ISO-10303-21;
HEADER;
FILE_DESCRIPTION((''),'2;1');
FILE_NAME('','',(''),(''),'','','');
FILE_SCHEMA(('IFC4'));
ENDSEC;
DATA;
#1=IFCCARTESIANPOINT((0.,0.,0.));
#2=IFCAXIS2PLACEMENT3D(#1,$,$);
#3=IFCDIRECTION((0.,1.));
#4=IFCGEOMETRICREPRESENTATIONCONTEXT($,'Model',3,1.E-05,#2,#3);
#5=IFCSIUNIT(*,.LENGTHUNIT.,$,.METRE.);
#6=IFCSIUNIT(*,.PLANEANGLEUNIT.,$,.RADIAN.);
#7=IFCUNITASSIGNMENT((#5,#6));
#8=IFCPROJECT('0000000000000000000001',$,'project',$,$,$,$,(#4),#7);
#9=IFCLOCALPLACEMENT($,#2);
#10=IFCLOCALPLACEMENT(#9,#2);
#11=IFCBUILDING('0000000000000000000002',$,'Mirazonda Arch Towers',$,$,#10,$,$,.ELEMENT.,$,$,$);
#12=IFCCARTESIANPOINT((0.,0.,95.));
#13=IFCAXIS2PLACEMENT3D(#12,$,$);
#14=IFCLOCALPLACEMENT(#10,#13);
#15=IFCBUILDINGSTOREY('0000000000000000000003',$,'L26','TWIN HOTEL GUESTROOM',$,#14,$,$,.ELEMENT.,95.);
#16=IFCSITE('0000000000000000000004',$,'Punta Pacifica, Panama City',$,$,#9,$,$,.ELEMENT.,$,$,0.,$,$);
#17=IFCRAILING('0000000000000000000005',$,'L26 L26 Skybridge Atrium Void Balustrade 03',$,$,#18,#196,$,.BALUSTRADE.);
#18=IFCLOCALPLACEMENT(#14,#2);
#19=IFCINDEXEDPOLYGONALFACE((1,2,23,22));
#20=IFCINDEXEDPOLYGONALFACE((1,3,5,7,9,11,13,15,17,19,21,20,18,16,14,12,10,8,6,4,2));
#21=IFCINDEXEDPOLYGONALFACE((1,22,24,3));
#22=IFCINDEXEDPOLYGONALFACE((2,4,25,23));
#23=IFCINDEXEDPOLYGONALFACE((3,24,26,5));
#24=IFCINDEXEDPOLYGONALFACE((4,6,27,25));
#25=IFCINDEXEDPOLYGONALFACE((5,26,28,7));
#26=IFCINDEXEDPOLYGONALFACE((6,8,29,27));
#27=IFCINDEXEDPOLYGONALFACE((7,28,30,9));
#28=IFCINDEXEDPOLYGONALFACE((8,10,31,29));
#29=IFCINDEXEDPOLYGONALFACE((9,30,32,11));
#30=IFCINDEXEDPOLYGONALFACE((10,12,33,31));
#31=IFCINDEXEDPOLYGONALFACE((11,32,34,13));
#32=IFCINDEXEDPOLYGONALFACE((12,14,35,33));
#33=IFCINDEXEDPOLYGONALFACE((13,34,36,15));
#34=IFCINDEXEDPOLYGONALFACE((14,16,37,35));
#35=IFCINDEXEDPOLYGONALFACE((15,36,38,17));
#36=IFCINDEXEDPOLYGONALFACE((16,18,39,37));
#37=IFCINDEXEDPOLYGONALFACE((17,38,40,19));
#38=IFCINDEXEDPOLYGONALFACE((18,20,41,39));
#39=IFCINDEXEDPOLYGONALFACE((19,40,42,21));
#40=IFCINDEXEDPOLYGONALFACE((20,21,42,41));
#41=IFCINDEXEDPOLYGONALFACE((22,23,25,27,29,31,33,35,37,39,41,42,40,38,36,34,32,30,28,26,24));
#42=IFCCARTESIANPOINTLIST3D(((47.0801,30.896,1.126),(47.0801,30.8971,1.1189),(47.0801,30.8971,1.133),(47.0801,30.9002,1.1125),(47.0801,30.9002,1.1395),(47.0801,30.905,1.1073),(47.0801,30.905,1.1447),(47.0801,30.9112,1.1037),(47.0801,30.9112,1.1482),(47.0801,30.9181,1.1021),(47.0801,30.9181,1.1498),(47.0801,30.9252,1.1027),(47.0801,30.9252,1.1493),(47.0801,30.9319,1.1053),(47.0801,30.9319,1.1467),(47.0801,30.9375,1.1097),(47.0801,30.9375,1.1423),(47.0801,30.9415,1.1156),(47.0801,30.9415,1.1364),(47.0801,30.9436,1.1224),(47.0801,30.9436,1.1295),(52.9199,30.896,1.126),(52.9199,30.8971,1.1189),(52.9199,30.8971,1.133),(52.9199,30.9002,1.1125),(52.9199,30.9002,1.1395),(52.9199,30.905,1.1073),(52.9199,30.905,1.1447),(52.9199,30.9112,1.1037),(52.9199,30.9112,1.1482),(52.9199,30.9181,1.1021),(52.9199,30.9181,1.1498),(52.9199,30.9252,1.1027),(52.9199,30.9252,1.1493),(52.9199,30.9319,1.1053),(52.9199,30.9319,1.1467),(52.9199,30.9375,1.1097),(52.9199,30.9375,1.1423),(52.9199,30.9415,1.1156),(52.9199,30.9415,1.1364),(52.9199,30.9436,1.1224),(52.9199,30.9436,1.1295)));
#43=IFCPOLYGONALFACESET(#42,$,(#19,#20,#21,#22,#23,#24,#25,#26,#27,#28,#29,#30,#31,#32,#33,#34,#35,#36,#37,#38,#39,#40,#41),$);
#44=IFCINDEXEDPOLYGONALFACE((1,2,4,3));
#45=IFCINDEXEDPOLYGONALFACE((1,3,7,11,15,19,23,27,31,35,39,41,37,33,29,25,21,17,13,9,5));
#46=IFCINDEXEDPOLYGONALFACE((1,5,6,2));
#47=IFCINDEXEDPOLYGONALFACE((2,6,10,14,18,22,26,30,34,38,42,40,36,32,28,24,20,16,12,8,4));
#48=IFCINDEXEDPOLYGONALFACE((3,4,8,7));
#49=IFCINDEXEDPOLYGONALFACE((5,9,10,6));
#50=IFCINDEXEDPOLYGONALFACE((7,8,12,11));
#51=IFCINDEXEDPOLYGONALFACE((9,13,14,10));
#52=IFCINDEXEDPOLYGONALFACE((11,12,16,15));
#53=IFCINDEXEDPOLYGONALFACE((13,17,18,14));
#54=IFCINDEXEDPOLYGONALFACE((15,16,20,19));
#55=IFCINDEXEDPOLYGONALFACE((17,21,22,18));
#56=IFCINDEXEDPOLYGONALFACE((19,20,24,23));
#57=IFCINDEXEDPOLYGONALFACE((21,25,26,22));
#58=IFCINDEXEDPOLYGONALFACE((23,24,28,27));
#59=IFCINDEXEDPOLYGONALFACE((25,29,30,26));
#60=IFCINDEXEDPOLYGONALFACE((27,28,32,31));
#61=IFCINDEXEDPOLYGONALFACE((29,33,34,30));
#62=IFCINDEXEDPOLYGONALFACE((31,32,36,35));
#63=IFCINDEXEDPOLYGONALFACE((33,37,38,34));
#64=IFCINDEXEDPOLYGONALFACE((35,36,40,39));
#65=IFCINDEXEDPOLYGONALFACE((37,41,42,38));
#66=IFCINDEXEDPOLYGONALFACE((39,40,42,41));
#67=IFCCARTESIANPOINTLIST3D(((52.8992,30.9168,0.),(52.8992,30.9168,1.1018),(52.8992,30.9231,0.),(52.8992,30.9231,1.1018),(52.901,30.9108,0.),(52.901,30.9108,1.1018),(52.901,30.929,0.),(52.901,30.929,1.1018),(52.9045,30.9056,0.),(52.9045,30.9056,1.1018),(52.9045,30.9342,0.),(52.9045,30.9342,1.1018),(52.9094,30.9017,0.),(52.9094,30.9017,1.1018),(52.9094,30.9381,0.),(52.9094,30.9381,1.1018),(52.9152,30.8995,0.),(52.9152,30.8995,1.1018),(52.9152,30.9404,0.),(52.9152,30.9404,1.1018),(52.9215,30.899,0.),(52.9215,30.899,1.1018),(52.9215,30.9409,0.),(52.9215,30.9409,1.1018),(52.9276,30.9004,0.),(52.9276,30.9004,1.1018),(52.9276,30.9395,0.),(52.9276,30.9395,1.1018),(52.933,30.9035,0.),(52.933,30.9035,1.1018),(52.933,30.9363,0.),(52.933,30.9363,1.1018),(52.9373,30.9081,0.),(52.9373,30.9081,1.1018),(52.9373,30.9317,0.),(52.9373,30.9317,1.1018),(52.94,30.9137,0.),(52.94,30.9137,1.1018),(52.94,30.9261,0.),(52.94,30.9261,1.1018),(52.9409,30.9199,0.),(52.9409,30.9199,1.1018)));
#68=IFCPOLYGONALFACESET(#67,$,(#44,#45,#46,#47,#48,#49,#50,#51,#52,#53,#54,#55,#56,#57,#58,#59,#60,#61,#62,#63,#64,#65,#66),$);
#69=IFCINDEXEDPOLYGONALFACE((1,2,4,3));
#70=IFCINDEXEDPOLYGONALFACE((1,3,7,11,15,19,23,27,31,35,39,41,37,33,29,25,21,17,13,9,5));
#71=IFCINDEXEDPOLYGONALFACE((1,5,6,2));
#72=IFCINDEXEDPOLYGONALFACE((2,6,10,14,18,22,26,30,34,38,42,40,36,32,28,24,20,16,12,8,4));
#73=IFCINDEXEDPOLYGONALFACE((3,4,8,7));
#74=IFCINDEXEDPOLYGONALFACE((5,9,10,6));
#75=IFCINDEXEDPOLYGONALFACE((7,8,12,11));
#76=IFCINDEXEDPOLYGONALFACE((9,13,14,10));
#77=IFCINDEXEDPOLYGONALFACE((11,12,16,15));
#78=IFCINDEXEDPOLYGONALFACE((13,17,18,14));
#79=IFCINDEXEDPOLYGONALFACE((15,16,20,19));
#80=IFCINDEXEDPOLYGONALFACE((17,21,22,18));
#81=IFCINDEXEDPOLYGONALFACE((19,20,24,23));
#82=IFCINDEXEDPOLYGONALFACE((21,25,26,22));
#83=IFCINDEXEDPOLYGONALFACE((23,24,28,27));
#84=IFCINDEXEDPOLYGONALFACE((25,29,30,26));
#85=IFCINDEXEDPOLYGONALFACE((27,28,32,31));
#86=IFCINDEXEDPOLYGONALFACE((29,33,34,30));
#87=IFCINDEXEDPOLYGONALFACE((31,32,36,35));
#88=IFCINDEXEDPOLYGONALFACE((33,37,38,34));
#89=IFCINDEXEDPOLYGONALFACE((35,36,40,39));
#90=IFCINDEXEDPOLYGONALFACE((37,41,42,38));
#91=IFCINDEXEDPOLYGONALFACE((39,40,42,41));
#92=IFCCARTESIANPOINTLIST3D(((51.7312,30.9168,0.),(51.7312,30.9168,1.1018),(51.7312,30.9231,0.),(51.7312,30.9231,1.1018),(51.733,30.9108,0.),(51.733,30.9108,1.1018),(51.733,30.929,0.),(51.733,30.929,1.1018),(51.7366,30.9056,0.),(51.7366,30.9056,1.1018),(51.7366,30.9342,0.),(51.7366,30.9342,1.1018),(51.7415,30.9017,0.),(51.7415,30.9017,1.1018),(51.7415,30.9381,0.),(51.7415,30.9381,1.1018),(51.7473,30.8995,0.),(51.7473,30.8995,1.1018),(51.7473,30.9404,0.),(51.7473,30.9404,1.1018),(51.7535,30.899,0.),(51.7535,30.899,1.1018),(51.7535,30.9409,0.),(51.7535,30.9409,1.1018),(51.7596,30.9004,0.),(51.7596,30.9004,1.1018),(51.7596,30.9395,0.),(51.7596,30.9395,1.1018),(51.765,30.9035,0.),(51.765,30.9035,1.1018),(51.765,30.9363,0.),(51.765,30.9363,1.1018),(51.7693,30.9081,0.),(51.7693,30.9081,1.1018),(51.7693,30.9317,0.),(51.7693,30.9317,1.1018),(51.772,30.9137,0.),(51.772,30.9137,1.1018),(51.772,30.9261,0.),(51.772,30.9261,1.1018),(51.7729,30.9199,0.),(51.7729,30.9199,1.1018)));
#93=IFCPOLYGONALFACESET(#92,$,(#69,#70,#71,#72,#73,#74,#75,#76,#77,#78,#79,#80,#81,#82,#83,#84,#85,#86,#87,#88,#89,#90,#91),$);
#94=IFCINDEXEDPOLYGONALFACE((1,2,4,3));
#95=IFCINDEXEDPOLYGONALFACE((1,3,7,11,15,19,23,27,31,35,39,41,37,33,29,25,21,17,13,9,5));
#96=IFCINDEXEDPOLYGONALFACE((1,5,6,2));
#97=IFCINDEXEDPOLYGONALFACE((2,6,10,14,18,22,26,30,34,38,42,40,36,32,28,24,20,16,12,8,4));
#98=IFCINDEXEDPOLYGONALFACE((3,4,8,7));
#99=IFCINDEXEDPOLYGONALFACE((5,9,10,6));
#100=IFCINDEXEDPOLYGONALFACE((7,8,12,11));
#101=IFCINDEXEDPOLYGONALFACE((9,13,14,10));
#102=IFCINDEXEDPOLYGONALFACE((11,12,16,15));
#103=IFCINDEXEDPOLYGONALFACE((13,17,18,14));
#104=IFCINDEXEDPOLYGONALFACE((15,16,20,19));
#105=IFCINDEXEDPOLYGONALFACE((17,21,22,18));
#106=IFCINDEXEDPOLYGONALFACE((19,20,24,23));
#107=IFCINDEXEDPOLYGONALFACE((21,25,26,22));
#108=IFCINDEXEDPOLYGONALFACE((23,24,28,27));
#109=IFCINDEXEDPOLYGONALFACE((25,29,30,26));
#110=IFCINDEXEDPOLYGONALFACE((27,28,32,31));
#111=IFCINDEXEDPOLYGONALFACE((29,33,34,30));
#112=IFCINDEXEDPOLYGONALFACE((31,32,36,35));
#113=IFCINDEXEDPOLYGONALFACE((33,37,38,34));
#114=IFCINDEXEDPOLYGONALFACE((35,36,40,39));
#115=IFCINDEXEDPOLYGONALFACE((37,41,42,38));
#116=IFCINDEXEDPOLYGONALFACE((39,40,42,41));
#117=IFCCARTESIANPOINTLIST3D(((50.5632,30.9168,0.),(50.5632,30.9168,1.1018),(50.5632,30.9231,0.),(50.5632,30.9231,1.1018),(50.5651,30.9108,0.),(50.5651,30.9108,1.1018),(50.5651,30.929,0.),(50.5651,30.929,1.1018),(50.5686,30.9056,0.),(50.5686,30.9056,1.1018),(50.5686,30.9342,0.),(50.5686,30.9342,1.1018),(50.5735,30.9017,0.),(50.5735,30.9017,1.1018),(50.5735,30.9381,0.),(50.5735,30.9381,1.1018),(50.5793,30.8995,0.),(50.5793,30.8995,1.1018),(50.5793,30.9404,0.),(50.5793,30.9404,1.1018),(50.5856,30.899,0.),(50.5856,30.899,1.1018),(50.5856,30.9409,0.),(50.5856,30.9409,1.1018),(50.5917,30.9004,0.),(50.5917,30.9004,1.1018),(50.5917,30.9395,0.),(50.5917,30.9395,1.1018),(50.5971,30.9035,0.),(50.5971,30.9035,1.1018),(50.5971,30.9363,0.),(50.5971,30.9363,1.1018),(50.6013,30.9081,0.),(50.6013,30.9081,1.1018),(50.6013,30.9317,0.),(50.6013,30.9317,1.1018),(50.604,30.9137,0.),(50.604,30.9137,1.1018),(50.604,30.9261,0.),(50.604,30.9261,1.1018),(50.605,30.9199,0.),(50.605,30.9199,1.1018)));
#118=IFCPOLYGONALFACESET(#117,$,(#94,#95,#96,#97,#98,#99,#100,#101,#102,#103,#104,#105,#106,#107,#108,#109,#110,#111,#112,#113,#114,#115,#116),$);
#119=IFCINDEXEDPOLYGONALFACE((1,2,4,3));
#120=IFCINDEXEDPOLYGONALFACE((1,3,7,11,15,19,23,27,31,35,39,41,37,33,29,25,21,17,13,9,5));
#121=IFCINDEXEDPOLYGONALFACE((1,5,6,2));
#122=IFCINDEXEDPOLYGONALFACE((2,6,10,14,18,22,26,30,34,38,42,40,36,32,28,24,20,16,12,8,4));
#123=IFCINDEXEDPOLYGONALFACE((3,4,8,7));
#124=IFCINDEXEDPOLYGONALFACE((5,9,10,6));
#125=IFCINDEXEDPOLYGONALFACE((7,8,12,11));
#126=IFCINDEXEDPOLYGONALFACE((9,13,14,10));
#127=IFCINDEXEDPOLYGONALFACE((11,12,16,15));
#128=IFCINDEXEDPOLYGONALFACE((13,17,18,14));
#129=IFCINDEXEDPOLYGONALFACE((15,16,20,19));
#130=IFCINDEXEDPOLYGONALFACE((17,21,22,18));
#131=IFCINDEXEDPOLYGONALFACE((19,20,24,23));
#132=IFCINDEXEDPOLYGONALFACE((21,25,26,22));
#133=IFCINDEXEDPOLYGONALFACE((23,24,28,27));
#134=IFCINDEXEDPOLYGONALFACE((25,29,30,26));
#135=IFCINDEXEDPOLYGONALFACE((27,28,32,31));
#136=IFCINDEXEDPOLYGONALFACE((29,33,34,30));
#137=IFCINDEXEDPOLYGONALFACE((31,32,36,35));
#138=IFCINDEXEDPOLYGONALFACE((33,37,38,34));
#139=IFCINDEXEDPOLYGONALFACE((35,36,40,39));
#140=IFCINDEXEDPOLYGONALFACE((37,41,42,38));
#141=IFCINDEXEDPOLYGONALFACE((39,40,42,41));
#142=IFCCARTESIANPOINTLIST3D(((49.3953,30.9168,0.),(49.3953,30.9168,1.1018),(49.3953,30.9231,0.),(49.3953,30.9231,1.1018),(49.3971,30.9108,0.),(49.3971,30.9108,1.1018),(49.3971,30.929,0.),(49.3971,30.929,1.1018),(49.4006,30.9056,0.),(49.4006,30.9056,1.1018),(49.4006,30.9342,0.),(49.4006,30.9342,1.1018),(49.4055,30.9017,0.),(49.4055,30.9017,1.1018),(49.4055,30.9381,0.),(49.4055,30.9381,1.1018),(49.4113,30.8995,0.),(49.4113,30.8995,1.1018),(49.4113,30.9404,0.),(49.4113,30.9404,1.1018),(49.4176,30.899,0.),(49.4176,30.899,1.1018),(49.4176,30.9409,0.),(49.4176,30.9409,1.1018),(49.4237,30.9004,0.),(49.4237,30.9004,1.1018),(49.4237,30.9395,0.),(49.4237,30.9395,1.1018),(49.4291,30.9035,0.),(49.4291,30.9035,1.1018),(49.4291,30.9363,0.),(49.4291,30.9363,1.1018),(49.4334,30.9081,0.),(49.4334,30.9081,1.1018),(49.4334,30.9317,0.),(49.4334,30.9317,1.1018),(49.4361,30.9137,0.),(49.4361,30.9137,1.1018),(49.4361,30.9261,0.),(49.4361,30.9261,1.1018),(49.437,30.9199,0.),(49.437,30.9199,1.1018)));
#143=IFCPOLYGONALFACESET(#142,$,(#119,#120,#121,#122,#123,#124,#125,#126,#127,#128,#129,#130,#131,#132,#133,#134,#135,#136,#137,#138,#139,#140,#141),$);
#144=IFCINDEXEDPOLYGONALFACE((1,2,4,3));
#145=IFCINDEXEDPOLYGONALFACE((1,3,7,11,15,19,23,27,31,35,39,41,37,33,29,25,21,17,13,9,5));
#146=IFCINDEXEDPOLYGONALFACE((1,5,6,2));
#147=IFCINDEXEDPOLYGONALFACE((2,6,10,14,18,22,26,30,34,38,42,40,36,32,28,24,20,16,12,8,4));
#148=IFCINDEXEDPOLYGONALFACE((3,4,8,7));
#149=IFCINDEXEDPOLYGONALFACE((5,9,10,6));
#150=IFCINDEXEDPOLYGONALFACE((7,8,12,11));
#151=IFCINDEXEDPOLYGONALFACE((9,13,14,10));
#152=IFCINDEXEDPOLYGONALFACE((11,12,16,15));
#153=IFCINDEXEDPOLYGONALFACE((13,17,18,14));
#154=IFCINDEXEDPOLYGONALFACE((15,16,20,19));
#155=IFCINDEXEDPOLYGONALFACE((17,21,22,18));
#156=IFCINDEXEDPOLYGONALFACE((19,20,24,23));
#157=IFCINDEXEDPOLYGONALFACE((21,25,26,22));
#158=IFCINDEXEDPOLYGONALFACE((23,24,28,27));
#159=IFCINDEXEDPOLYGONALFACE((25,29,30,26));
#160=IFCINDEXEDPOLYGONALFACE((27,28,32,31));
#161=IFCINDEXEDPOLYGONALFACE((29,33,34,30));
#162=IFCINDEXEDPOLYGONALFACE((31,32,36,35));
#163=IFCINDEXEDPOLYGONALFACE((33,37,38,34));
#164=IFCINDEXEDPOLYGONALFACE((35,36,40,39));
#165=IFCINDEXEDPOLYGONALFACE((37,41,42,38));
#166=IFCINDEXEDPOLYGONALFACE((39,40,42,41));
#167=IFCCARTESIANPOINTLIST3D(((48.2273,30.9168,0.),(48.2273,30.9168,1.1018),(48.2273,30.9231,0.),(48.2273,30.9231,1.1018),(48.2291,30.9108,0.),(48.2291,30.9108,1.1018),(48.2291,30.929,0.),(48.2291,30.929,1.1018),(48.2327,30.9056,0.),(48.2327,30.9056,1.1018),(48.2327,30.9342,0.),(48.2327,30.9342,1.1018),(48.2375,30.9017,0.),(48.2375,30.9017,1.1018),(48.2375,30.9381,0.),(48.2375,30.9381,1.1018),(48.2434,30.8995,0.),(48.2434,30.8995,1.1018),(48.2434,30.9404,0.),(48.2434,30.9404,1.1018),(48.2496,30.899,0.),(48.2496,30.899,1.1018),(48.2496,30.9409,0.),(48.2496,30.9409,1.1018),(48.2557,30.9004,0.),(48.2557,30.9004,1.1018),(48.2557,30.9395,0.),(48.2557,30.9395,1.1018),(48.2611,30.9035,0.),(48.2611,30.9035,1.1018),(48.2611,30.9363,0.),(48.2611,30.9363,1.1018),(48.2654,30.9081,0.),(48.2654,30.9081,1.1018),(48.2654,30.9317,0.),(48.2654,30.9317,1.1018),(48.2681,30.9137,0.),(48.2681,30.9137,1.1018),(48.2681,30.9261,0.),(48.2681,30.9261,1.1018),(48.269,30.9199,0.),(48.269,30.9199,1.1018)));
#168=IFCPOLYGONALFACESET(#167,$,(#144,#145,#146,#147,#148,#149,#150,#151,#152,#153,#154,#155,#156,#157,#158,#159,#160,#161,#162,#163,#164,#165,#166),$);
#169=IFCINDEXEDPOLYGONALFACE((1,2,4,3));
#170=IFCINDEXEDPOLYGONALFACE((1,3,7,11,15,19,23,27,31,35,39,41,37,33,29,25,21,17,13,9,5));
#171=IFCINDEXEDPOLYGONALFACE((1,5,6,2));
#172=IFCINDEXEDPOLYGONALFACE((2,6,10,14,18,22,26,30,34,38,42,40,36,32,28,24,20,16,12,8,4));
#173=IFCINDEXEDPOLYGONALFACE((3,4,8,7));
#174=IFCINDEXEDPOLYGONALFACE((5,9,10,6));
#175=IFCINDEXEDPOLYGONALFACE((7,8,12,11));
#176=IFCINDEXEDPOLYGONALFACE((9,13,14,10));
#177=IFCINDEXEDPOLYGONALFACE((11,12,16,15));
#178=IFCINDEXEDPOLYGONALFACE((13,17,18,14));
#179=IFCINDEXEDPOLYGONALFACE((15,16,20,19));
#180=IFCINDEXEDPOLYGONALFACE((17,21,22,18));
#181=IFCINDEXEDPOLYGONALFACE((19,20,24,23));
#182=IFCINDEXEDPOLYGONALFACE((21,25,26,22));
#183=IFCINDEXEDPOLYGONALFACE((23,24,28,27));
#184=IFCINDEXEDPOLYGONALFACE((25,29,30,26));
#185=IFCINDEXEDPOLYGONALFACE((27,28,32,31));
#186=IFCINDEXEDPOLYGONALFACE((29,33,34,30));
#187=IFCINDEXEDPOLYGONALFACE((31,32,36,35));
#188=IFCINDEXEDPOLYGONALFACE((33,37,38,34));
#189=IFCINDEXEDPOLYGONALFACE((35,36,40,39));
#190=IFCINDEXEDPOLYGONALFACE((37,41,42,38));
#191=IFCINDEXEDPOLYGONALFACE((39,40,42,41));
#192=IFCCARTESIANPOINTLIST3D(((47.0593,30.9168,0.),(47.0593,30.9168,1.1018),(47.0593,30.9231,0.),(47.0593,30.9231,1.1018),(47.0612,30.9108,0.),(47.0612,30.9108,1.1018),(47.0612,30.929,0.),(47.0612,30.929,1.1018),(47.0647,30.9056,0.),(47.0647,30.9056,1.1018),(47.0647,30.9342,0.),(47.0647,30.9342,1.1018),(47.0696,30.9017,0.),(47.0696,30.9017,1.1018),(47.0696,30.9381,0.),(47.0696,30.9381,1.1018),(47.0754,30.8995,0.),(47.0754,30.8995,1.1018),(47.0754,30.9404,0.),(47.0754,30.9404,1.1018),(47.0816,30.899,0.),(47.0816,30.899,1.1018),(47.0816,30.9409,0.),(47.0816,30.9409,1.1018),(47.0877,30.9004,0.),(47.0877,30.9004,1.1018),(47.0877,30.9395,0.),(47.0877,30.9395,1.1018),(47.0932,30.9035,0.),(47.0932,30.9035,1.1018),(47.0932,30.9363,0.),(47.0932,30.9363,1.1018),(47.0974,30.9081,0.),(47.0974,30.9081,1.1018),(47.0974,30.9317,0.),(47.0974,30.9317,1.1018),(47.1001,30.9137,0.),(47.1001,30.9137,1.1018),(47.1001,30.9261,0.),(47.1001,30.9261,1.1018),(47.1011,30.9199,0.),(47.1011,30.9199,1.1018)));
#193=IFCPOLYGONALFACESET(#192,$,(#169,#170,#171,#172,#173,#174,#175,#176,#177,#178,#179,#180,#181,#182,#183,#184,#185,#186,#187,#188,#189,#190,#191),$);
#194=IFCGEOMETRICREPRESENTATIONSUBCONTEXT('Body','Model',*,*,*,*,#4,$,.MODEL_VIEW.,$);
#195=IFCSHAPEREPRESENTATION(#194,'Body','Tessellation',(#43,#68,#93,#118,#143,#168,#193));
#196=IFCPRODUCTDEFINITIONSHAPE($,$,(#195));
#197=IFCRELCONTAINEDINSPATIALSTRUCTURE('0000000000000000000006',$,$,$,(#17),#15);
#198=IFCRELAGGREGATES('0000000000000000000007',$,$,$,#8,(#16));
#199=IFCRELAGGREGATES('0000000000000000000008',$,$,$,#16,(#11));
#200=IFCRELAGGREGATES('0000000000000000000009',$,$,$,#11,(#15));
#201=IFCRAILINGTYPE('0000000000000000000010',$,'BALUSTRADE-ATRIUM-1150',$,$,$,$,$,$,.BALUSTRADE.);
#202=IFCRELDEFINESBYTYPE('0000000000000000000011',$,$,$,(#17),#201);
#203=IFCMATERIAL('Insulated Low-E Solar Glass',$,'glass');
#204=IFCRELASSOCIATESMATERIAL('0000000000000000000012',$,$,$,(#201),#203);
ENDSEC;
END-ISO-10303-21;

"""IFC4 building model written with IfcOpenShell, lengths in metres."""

from ifc_helpers import new_model, si_unit, direction, frame, origin, origin_2d, place, context, subcontext, project, spatial, circle, extrude, material, type_object, element, save


model = new_model("IFC4")

# Units and contexts
model_context = context("Model", 3, precision=1e-05, world=origin(), true_north=direction((0.0, 1.0)))
body_context = subcontext(model_context, "Body", "Model", "MODEL_VIEW")
ifc_project = project(units=[si_unit("LENGTHUNIT", "METRE"), si_unit("PLANEANGLEUNIT", "RADIAN")], contexts=[model_context])

# Site, building, storey
site_placement = place(None, origin())
site = spatial("IfcSite", under=ifc_project, at=site_placement, Name="Punta Pacifica, Panama City", CompositionType="ELEMENT", RefElevation=0.0)
building_placement = place(site_placement, origin())
building = spatial("IfcBuilding", under=site, at=building_placement, Name="Mirazonda Arch Towers", CompositionType="ELEMENT")
storey_placement = place(building_placement, frame((0.0, 0.0, 95.0)))
storey = spatial("IfcBuildingStorey", under=building, at=storey_placement, Name="L26", Description="TWIN HOTEL GUESTROOM", CompositionType="ELEMENT", Elevation=95.0)

# Shared definitions
ifc_material_1 = material(Name="Insulated Low-E Solar Glass", Category="glass")

# Railing
railing_type = type_object("IfcRailingType", Name="BALUSTRADE-ATRIUM-1150", PredefinedType="BALUSTRADE", material=ifc_material_1)
railing_1_placement = place(storey_placement, frame((52.9199, 30.9199, 0.0)))
element("IfcRailing", 1, at=railing_1_placement, inside=storey, type_object=railing_type, Name="L26 L26 Skybridge Atrium Void Balustrade 03", PredefinedType="BALUSTRADE", context=body_context, shape_type="SweptSolid", body=[
    extrude(circle(Radius=0.0239, at=origin_2d()), frame((0.0, 0.0, 1.126), z_axis=(-1.0, 0.0, 0.0), x_axis=(0.0, -1.0, 0.0)), (0.0, 0.0, 1.0), 5.8398),
    extrude(circle(Radius=0.021, at=origin_2d()), origin(), (0.0, 0.0, 1.0), 1.1018),
    extrude(circle(Radius=0.021, at=origin_2d()), frame((-1.168, 0.0, 0.0)), (0.0, 0.0, 1.0), 1.1018),
    extrude(circle(Radius=0.021, at=origin_2d()), frame((-2.3359, 0.0, 0.0)), (0.0, 0.0, 1.0), 1.1018),
    extrude(circle(Radius=0.021, at=origin_2d()), frame((-3.5039, 0.0, 0.0)), (0.0, 0.0, 1.0), 1.1018),
    extrude(circle(Radius=0.021, at=origin_2d()), frame((-4.6719, 0.0, 0.0)), (0.0, 0.0, 1.0), 1.1018),
    extrude(circle(Radius=0.021, at=origin_2d()), frame((-5.8398, 0.0, 0.0)), (0.0, 0.0, 1.0), 1.1018),
])

save(model, "model.ifc")
